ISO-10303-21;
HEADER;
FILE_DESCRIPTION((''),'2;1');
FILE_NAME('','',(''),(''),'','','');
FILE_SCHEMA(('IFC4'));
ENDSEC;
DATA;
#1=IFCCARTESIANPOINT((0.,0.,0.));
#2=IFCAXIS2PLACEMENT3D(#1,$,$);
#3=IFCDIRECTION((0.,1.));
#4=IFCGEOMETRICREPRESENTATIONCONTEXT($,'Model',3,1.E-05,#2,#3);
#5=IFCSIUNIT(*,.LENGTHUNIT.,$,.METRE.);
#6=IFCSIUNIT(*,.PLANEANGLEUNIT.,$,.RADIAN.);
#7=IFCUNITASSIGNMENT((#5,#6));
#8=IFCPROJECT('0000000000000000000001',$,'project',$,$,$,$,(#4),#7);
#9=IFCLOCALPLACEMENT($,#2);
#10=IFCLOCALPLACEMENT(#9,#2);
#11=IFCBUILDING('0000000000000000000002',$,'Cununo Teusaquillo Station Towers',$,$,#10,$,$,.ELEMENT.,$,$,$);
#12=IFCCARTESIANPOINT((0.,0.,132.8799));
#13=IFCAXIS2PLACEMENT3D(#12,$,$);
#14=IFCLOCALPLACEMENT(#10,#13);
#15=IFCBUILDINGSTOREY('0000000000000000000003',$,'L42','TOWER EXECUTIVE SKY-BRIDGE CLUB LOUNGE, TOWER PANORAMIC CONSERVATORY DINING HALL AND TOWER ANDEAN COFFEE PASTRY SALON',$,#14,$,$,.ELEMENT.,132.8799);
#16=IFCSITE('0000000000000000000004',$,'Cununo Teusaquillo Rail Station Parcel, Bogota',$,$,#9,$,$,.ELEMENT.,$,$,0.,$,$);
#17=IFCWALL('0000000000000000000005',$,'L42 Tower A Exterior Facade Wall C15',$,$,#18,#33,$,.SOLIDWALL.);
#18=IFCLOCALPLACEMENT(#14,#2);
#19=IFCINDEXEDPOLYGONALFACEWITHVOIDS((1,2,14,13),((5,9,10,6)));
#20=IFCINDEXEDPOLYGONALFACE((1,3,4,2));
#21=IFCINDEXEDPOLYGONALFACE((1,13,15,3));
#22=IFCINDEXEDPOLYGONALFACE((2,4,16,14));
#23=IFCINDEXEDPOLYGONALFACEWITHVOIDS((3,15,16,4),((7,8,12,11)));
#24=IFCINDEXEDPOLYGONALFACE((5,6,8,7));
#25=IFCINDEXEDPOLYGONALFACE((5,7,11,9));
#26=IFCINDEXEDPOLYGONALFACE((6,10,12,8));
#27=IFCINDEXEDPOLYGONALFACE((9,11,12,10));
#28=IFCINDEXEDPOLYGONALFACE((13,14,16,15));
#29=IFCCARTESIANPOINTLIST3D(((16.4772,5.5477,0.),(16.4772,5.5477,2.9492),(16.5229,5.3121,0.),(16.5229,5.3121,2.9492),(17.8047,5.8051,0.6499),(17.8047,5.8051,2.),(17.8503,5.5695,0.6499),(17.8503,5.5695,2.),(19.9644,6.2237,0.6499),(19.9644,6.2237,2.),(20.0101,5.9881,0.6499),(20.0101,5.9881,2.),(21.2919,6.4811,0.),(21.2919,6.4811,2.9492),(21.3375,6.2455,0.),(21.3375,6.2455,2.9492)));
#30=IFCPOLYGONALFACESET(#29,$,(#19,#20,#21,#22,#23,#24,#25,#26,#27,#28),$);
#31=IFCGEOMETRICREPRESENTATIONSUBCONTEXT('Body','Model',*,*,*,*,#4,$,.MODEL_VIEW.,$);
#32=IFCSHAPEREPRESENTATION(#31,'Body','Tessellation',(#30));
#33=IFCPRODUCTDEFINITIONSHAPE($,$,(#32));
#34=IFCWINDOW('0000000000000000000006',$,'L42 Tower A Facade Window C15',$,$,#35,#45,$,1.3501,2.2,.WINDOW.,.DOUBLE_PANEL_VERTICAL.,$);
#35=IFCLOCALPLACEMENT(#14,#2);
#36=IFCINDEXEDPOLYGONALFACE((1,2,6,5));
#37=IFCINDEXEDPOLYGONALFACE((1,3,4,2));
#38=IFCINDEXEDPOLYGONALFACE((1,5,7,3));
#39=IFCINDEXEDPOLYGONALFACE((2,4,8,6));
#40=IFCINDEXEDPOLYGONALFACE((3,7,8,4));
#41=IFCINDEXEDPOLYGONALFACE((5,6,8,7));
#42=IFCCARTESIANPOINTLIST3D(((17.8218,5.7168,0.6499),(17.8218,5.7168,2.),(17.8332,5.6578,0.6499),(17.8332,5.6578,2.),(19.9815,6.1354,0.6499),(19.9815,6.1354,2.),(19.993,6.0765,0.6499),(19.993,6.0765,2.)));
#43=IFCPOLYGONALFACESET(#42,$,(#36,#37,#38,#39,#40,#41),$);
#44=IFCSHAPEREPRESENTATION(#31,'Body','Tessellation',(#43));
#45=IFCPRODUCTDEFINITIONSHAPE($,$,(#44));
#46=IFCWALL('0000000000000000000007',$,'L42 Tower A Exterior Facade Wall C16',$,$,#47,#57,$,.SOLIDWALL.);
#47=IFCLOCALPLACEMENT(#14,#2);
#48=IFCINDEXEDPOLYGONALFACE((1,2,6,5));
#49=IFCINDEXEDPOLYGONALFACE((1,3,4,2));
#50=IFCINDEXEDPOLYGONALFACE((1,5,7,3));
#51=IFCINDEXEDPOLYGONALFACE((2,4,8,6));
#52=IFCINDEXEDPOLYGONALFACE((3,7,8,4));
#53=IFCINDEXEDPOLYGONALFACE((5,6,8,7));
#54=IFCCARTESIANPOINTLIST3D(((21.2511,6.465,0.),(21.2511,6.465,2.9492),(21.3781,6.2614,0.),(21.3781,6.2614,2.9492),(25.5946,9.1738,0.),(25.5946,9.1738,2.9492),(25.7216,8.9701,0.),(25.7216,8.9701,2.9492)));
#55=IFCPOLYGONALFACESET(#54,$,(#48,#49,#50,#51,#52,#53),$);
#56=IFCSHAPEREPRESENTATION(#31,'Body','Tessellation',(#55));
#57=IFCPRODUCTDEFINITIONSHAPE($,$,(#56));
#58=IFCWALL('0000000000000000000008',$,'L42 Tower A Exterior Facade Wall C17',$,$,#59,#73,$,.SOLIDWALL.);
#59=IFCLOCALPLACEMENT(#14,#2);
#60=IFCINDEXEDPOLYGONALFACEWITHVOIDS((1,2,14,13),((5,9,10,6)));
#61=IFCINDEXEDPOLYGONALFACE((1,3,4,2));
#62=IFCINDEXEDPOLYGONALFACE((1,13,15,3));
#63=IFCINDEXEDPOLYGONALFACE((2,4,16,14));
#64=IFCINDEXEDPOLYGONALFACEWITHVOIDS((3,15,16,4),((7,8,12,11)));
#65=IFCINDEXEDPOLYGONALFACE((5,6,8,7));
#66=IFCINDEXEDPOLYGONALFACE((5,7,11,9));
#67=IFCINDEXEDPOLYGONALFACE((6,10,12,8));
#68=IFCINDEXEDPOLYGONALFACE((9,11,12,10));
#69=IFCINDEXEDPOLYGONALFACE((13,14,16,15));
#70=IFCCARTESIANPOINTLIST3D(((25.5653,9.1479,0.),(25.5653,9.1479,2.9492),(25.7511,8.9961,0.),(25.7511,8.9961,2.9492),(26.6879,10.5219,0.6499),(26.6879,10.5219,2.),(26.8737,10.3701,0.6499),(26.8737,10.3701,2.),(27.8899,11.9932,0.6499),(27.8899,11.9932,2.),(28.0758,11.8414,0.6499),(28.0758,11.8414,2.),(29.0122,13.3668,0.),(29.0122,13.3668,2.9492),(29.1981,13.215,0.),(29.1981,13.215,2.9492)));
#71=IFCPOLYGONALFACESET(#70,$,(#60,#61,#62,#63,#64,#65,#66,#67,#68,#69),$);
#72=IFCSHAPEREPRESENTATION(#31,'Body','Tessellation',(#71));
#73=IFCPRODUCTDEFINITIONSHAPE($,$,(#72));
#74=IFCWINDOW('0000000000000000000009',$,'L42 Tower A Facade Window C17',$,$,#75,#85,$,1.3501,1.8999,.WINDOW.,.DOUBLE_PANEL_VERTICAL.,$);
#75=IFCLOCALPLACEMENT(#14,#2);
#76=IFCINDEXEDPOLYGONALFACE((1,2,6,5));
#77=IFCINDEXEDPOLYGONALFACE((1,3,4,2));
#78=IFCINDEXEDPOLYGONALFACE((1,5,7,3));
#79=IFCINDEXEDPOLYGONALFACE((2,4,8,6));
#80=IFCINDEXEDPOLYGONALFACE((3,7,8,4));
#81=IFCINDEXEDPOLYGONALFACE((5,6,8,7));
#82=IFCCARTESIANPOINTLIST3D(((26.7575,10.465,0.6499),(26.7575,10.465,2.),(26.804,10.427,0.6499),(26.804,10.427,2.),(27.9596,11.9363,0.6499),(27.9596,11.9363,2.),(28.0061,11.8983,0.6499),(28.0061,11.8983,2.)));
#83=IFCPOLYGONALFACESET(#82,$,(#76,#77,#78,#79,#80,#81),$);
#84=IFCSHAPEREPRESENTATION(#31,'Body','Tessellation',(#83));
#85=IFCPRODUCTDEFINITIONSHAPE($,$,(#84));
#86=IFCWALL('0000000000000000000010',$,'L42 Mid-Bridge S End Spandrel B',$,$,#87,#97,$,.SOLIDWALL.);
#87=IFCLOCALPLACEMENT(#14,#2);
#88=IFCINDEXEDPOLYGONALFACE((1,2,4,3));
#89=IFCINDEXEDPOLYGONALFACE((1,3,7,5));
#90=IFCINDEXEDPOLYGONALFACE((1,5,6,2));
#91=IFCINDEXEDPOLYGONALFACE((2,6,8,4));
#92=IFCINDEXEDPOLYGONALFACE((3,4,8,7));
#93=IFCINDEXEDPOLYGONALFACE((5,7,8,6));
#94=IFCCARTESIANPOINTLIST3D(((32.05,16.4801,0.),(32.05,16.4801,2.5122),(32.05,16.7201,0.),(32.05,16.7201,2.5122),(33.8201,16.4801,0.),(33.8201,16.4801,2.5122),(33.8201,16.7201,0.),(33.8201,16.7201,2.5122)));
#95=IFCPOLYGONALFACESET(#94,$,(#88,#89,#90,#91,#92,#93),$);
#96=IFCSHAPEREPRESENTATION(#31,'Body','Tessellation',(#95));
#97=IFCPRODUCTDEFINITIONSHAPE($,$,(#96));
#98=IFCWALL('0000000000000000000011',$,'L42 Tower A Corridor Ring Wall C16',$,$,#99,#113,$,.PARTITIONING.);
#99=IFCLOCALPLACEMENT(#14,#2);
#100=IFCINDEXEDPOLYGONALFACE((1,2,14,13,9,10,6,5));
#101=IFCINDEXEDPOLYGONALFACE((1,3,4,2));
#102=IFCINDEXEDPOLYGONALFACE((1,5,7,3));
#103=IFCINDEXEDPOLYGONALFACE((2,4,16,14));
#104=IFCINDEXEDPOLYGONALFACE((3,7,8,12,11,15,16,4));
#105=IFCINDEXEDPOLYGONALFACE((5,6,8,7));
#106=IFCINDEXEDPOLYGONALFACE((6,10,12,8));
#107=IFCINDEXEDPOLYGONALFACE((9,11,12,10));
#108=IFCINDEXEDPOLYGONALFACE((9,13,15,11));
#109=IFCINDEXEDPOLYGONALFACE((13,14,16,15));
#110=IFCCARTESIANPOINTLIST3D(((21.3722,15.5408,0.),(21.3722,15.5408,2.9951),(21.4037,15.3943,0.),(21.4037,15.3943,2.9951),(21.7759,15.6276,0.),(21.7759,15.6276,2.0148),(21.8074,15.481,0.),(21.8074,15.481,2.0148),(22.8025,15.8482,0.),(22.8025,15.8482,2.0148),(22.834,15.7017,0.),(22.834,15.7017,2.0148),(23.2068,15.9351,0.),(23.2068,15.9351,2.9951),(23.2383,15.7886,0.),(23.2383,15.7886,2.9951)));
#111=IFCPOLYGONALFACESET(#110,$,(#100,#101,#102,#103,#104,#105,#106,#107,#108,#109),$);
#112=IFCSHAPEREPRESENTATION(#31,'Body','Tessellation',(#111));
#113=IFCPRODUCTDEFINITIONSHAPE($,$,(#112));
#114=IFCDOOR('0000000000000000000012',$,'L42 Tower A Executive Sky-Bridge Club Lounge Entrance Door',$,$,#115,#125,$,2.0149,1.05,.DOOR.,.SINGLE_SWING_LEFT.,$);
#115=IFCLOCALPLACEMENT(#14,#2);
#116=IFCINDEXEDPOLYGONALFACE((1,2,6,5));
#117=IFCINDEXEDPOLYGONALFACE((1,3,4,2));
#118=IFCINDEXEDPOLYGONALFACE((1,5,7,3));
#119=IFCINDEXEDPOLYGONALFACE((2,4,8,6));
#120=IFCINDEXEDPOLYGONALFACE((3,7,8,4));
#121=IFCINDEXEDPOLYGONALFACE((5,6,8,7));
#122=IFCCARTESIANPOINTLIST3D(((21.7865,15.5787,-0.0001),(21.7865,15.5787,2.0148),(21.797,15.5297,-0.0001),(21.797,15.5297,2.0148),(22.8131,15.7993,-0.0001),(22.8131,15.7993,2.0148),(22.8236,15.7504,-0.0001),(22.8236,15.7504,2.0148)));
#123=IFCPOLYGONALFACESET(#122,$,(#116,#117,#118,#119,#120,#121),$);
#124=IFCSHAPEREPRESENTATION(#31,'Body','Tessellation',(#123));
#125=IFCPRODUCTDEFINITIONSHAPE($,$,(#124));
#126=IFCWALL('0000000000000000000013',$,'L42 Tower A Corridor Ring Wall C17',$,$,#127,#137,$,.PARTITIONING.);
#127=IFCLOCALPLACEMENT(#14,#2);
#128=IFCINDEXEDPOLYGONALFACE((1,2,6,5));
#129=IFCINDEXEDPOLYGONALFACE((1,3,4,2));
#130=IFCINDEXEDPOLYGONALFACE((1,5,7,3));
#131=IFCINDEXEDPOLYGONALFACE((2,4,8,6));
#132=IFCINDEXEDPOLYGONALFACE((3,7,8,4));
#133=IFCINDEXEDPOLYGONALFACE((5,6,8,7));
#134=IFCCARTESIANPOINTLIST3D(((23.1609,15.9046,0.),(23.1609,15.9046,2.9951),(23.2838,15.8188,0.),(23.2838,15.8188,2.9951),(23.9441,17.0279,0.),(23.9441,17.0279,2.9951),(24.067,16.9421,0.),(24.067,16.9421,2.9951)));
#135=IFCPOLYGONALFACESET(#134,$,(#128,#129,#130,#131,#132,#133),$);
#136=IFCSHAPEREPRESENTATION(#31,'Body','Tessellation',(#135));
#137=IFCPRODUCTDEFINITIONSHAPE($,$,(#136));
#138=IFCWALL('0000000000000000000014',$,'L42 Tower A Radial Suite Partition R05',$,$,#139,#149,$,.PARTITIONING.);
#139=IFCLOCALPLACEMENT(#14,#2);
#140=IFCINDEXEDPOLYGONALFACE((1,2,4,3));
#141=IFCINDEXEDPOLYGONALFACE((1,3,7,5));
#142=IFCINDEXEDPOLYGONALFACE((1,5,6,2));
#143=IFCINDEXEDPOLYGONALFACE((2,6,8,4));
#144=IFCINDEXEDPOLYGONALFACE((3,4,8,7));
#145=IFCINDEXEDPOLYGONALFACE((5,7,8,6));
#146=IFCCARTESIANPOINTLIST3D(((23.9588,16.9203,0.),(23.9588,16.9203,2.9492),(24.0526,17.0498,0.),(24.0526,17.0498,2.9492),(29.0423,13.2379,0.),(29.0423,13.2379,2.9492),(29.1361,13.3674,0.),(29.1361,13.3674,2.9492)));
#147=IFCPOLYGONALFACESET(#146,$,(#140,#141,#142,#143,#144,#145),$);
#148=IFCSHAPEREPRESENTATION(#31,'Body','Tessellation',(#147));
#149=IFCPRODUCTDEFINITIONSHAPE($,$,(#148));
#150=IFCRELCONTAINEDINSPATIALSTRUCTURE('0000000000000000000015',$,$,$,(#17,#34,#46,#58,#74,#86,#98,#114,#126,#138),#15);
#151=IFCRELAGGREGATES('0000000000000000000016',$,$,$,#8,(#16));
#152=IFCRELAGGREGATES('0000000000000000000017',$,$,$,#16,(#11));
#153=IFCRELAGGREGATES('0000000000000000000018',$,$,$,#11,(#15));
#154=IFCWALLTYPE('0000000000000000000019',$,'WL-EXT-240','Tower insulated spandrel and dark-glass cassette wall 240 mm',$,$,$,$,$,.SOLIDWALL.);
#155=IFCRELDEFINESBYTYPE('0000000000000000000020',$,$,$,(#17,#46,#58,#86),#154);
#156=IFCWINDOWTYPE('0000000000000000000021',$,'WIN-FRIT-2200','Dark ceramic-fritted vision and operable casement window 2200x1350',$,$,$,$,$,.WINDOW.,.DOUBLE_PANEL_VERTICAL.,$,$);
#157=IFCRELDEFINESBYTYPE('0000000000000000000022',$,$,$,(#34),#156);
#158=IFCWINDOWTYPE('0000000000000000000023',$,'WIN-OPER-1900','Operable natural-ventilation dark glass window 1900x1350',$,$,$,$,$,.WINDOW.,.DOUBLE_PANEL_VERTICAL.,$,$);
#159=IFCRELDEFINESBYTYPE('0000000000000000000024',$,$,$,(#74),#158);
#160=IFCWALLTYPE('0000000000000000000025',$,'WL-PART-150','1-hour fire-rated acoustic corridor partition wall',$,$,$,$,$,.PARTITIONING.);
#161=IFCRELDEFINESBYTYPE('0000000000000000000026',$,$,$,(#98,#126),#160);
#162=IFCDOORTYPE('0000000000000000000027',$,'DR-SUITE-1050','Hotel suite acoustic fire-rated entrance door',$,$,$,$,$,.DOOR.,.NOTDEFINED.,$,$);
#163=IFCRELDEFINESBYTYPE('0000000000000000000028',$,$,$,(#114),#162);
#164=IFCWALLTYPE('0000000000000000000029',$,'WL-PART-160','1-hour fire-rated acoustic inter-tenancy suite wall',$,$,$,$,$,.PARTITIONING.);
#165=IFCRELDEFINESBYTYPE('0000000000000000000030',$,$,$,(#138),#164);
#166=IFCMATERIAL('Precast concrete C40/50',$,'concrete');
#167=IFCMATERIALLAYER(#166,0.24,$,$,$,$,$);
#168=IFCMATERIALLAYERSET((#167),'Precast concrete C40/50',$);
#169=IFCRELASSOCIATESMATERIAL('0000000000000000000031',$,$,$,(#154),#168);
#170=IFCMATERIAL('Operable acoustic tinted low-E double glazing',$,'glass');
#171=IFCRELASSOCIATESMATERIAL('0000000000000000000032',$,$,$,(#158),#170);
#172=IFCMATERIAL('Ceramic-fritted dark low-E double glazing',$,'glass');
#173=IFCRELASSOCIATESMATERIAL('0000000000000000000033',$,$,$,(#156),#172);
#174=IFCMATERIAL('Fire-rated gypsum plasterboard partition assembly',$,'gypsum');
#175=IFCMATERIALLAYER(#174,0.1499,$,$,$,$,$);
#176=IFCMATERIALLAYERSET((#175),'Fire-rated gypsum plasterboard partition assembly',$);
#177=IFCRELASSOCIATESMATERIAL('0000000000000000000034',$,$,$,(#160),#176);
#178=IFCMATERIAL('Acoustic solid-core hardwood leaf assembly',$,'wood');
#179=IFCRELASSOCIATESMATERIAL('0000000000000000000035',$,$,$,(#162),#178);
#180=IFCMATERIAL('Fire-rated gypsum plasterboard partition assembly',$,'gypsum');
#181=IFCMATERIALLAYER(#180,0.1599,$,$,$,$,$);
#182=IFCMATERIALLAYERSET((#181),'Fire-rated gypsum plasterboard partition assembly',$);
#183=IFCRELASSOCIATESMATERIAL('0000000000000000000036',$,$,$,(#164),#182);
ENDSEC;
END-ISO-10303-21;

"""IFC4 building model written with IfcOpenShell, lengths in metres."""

from ifc_helpers import new_model, si_unit, direction, frame, frame_2d, origin, place, context, subcontext, project, spatial, rectangle, extrude, source, transform, mapped, material, layer, layer_set, type_object, element, fill, save


model = new_model("IFC4")

# Units and contexts
model_context = context("Model", 3, precision=1e-05, world=origin(), true_north=direction((0.0, 1.0)))
body_context = subcontext(model_context, "Body", "Model", "MODEL_VIEW")
ifc_project = project(units=[si_unit("LENGTHUNIT", "METRE"), si_unit("PLANEANGLEUNIT", "RADIAN")], contexts=[model_context])

# Site, building, storey
site_placement = place(None, origin())
site = spatial("IfcSite", under=ifc_project, at=site_placement, Name="Cununo Teusaquillo Rail Station Parcel, Bogota", CompositionType="ELEMENT", RefElevation=0.0)
building_placement = place(site_placement, origin())
building = spatial("IfcBuilding", under=site, at=building_placement, Name="Cununo Teusaquillo Station Towers", CompositionType="ELEMENT")
storey_placement = place(building_placement, frame((0.0, 0.0, 132.8799)))
storey = spatial("IfcBuildingStorey", under=building, at=storey_placement, Name="L42", Description="TOWER EXECUTIVE SKY-BRIDGE CLUB LOUNGE, TOWER PANORAMIC CONSERVATORY DINING HALL AND TOWER ANDEAN COFFEE PASTRY SALON", CompositionType="ELEMENT", Elevation=132.8799)

# Wall, opening, window
ifc_material_1 = material(Name="Precast concrete C40/50", Category="concrete")
ifc_layer_1 = layer(ifc_material_1, 0.24)
ifc_layer_set_1 = layer_set([ifc_layer_1], Name="Precast concrete C40/50")
wall_type_1 = type_object("IfcWallType", Name="WL-EXT-240", Description="Tower insulated spandrel and dark-glass cassette wall 240 mm", PredefinedType="SOLIDWALL", material=ifc_layer_set_1)
shared_shape_1 = source(origin(), body_context, "Body", "SweptSolid", [
    extrude(rectangle(XDim=1.8999, YDim=1.3501, at=frame_2d((0.95, 0.675))), frame((0.0, 0.1299, 0.0), z_axis=(0.0, -1.0, 0.0), x_axis=(1.0, 0.0, 0.0)), (0.0, 0.0, 1.0), 0.26),
])
ifc_material_2 = material(Name="Operable acoustic tinted low-E double glazing", Category="glass")
window_type_1 = type_object("IfcWindowType", Name="WIN-OPER-1900", Description="Operable natural-ventilation dark glass window 1900x1350", PartitioningType="DOUBLE_PANEL_VERTICAL", PredefinedType="WINDOW", material=ifc_material_2)
shared_shape_2 = source(origin(), body_context, "Body", "SweptSolid", [
    extrude(rectangle(XDim=1.8999, YDim=1.3501, at=frame_2d((0.95, 0.675))), frame((0.0, 0.03, 0.0), z_axis=(0.0, -1.0, 0.0), x_axis=(1.0, 0.0, 0.0)), (0.0, 0.0, 1.0), 0.0601),
])
wall_1_placement = place(storey_placement, frame((21.3147, 6.3633, 0.0), z_axis=(0.0, 0.0, 1.0), x_axis=(-0.981724, -0.190311, 0.0)))
wall_1 = element("IfcWall", 1, at=wall_1_placement, inside=storey, type_object=wall_type_1, Name="L42 Tower A Exterior Facade Wall C15", PredefinedType="SOLIDWALL", context=body_context, shape_type="SweptSolid", body=[
    extrude(rectangle(XDim=4.9043, YDim=0.24, at=frame_2d((2.4521, 0.0))), origin(), (0.0, 0.0, 1.0), 2.9492),
])
shared_shape_3 = source(origin(), body_context, "Body", "SweptSolid", [
    extrude(rectangle(XDim=2.2, YDim=1.3501, at=frame_2d((1.1001, 0.675))), frame((0.0, 0.1299, 0.0), z_axis=(0.0, -1.0, 0.0), x_axis=(1.0, 0.0, 0.0)), (0.0, 0.0, 1.0), 0.26),
])
opening_1_placement = place(wall_1_placement, frame((1.3521, 0.0, 0.6499)))
opening_1 = element("IfcOpeningElement", 2, at=opening_1_placement, cuts=wall_1, PredefinedType="OPENING", context=body_context, shape_type="MappedRepresentation", body=[
    mapped(shared_shape_3, transform((0.0, 0.0, 0.0), x_axis=(1.0, 0.0, 0.0), y_axis=(0.0, 1.0, 0.0), z_axis=(0.0, 0.0, 1.0), scale=1.0)),
])
ifc_material_3 = material(Name="Ceramic-fritted dark low-E double glazing", Category="glass")
window_type_2 = type_object("IfcWindowType", Name="WIN-FRIT-2200", Description="Dark ceramic-fritted vision and operable casement window 2200x1350", PartitioningType="DOUBLE_PANEL_VERTICAL", PredefinedType="WINDOW", material=ifc_material_3)
shared_shape_4 = source(origin(), body_context, "Body", "SweptSolid", [
    extrude(rectangle(XDim=2.2, YDim=1.3501, at=frame_2d((1.1001, 0.675))), frame((0.0, 0.03, 0.0), z_axis=(0.0, -1.0, 0.0), x_axis=(1.0, 0.0, 0.0)), (0.0, 0.0, 1.0), 0.0601),
])
window_1_placement = place(opening_1_placement, origin())
window_1 = element("IfcWindow", 3, at=window_1_placement, inside=storey, type_object=window_type_2, Name="L42 Tower A Facade Window C15", OverallHeight=1.3501, OverallWidth=2.2, PartitioningType="DOUBLE_PANEL_VERTICAL", PredefinedType="WINDOW", context=body_context, shape_type="MappedRepresentation", body=[
    mapped(shared_shape_4, transform((0.0, 0.0, 0.0), x_axis=(1.0, 0.0, 0.0), y_axis=(0.0, 1.0, 0.0), z_axis=(0.0, 0.0, 1.0), scale=1.0)),
])
fill(opening_1, window_1)

# Wall
wall_2_placement = place(storey_placement, frame((25.6582, 9.072, 0.0), z_axis=(0.0, 0.0, 1.0), x_axis=(-0.84852, -0.529163, 0.0)))
element("IfcWall", 4, at=wall_2_placement, inside=storey, type_object=wall_type_1, Name="L42 Tower A Exterior Facade Wall C16", PredefinedType="SOLIDWALL", context=body_context, shape_type="SweptSolid", body=[
    extrude(rectangle(XDim=5.1189, YDim=0.24, at=frame_2d((2.5596, 0.0))), origin(), (0.0, 0.0, 1.0), 2.9492),
])

# Wall, opening, window
wall_3_placement = place(storey_placement, frame((29.1052, 13.291, 0.0), z_axis=(0.0, 0.0, 1.0), x_axis=(-0.632701, -0.774396, 0.0)))
wall_3 = element("IfcWall", 5, at=wall_3_placement, inside=storey, type_object=wall_type_1, Name="L42 Tower A Exterior Facade Wall C17", PredefinedType="SOLIDWALL", context=body_context, shape_type="SweptSolid", body=[
    extrude(rectangle(XDim=5.448, YDim=0.24, at=frame_2d((2.7241, 0.0))), origin(), (0.0, 0.0, 1.0), 2.9492),
])
opening_2_placement = place(wall_3_placement, frame((1.7739, 0.0, 0.6499)))
opening_2 = element("IfcOpeningElement", 6, at=opening_2_placement, cuts=wall_3, PredefinedType="OPENING", context=body_context, shape_type="MappedRepresentation", body=[
    mapped(shared_shape_1, transform((0.0, 0.0, 0.0), x_axis=(1.0, 0.0, 0.0), y_axis=(0.0, 1.0, 0.0), z_axis=(0.0, 0.0, 1.0), scale=1.0)),
])
window_2_placement = place(opening_2_placement, origin())
window_2 = element("IfcWindow", 7, at=window_2_placement, inside=storey, type_object=window_type_1, Name="L42 Tower A Facade Window C17", OverallHeight=1.3501, OverallWidth=1.8999, PartitioningType="DOUBLE_PANEL_VERTICAL", PredefinedType="WINDOW", context=body_context, shape_type="MappedRepresentation", body=[
    mapped(shared_shape_2, transform((0.0, 0.0, 0.0), x_axis=(1.0, 0.0, 0.0), y_axis=(0.0, 1.0, 0.0), z_axis=(0.0, 0.0, 1.0), scale=1.0)),
])
fill(opening_2, window_2)

# Wall
wall_4_placement = place(storey_placement, frame((33.8201, 16.6001, 0.0), z_axis=(0.0, 0.0, 1.0), x_axis=(-1.0, 0.0, 0.0)))
element("IfcWall", 8, at=wall_4_placement, inside=storey, type_object=wall_type_1, Name="L42 Mid-Bridge S End Spandrel B", PredefinedType="SOLIDWALL", context=body_context, shape_type="SweptSolid", body=[
    extrude(rectangle(XDim=1.77, YDim=0.24, at=frame_2d((0.885, 0.0))), origin(), (0.0, 0.0, 1.0), 2.5122),
])

# Wall, opening, door
ifc_material_4 = material(Name="Fire-rated gypsum plasterboard partition assembly", Category="gypsum")
ifc_layer_2 = layer(ifc_material_4, 0.1499)
ifc_layer_set_2 = layer_set([ifc_layer_2], Name="Fire-rated gypsum plasterboard partition assembly")
wall_type_2 = type_object("IfcWallType", Name="WL-PART-150", Description="1-hour fire-rated acoustic corridor partition wall", PredefinedType="PARTITIONING", material=ifc_layer_set_2)
wall_5_placement = place(storey_placement, frame((21.3879, 15.4675, 0.0), z_axis=(0.0, 0.0, 1.0), x_axis=(0.977673, 0.210133, 0.0)))
wall_5 = element("IfcWall", 9, at=wall_5_placement, inside=storey, type_object=wall_type_2, Name="L42 Tower A Corridor Ring Wall C16", PredefinedType="PARTITIONING", context=body_context, shape_type="SweptSolid", body=[
    extrude(rectangle(XDim=1.8765, YDim=0.1499, at=frame_2d((0.9382, 0.0))), origin(), (0.0, 0.0, 1.0), 2.9951),
])
shared_shape_5 = source(origin(), body_context, "Body", "SweptSolid", [
    extrude(rectangle(XDim=1.05, YDim=2.0149, at=frame_2d((0.5249, 1.0073))), frame((0.0, 0.085, 0.0), z_axis=(0.0, -1.0, 0.0), x_axis=(1.0, 0.0, 0.0)), (0.0, 0.0, 1.0), 0.1699),
])
opening_3_placement = place(wall_5_placement, frame((0.4131, 0.0, 0.0)))
opening_3 = element("IfcOpeningElement", 10, at=opening_3_placement, cuts=wall_5, PredefinedType="OPENING", context=body_context, shape_type="MappedRepresentation", body=[
    mapped(shared_shape_5, transform((0.0, 0.0, 0.0), x_axis=(1.0, 0.0, 0.0), y_axis=(0.0, 1.0, 0.0), z_axis=(0.0, 0.0, 1.0), scale=1.0)),
])
ifc_material_5 = material(Name="Acoustic solid-core hardwood leaf assembly", Category="wood")
door_type = type_object("IfcDoorType", Name="DR-SUITE-1050", Description="Hotel suite acoustic fire-rated entrance door", OperationType="NOTDEFINED", PredefinedType="DOOR", material=ifc_material_5)
shared_shape_6 = source(origin(), body_context, "Body", "SweptSolid", [
    extrude(rectangle(XDim=1.05, YDim=2.0149, at=frame_2d((0.5249, 1.0073))), frame((0.0, 0.0249, 0.0), z_axis=(0.0, -1.0, 0.0), x_axis=(1.0, 0.0, 0.0)), (0.0, 0.0, 1.0), 0.05),
])
door_placement = place(opening_3_placement, origin())
door = element("IfcDoor", 11, at=door_placement, inside=storey, type_object=door_type, Name="L42 Tower A Executive Sky-Bridge Club Lounge Entrance Door", OperationType="SINGLE_SWING_LEFT", OverallHeight=2.0149, OverallWidth=1.05, PredefinedType="DOOR", context=body_context, shape_type="MappedRepresentation", body=[
    mapped(shared_shape_6, transform((0.0, 0.0, 0.0), x_axis=(1.0, 0.0, 0.0), y_axis=(0.0, 1.0, 0.0), z_axis=(0.0, 0.0, 1.0), scale=1.0)),
])
fill(opening_3, door)

# Walls
wall_6_placement = place(storey_placement, frame((23.2224, 15.8618, 0.0), z_axis=(0.0, 0.0, 1.0), x_axis=(0.571942, 0.820294, 0.0)))
element("IfcWall", 12, at=wall_6_placement, inside=storey, type_object=wall_type_2, Name="L42 Tower A Corridor Ring Wall C17", PredefinedType="PARTITIONING", context=body_context, shape_type="SweptSolid", body=[
    extrude(rectangle(XDim=1.3694, YDim=0.1499, at=frame_2d((0.6846, 0.0))), origin(), (0.0, 0.0, 1.0), 2.9951),
])
ifc_material_6 = material(Name="Fire-rated gypsum plasterboard partition assembly", Category="gypsum")
ifc_layer_3 = layer(ifc_material_6, 0.1599)
ifc_layer_set_3 = layer_set([ifc_layer_3], Name="Fire-rated gypsum plasterboard partition assembly")
wall_type_3 = type_object("IfcWallType", Name="WL-PART-160", Description="1-hour fire-rated acoustic inter-tenancy suite wall", PredefinedType="PARTITIONING", material=ifc_layer_set_3)
wall_7_placement = place(storey_placement, frame((24.0056, 16.9851, 0.0), z_axis=(0.0, 0.0, 1.0), x_axis=(0.80985, -0.586637, 0.0)))
element("IfcWall", 13, at=wall_7_placement, inside=storey, type_object=wall_type_3, Name="L42 Tower A Radial Suite Partition R05", PredefinedType="PARTITIONING", context=body_context, shape_type="SweptSolid", body=[
    extrude(rectangle(XDim=6.2771, YDim=0.1599, at=frame_2d((3.1387, 0.0))), origin(), (0.0, 0.0, 1.0), 2.9492),
])

save(model, "model.ifc")
